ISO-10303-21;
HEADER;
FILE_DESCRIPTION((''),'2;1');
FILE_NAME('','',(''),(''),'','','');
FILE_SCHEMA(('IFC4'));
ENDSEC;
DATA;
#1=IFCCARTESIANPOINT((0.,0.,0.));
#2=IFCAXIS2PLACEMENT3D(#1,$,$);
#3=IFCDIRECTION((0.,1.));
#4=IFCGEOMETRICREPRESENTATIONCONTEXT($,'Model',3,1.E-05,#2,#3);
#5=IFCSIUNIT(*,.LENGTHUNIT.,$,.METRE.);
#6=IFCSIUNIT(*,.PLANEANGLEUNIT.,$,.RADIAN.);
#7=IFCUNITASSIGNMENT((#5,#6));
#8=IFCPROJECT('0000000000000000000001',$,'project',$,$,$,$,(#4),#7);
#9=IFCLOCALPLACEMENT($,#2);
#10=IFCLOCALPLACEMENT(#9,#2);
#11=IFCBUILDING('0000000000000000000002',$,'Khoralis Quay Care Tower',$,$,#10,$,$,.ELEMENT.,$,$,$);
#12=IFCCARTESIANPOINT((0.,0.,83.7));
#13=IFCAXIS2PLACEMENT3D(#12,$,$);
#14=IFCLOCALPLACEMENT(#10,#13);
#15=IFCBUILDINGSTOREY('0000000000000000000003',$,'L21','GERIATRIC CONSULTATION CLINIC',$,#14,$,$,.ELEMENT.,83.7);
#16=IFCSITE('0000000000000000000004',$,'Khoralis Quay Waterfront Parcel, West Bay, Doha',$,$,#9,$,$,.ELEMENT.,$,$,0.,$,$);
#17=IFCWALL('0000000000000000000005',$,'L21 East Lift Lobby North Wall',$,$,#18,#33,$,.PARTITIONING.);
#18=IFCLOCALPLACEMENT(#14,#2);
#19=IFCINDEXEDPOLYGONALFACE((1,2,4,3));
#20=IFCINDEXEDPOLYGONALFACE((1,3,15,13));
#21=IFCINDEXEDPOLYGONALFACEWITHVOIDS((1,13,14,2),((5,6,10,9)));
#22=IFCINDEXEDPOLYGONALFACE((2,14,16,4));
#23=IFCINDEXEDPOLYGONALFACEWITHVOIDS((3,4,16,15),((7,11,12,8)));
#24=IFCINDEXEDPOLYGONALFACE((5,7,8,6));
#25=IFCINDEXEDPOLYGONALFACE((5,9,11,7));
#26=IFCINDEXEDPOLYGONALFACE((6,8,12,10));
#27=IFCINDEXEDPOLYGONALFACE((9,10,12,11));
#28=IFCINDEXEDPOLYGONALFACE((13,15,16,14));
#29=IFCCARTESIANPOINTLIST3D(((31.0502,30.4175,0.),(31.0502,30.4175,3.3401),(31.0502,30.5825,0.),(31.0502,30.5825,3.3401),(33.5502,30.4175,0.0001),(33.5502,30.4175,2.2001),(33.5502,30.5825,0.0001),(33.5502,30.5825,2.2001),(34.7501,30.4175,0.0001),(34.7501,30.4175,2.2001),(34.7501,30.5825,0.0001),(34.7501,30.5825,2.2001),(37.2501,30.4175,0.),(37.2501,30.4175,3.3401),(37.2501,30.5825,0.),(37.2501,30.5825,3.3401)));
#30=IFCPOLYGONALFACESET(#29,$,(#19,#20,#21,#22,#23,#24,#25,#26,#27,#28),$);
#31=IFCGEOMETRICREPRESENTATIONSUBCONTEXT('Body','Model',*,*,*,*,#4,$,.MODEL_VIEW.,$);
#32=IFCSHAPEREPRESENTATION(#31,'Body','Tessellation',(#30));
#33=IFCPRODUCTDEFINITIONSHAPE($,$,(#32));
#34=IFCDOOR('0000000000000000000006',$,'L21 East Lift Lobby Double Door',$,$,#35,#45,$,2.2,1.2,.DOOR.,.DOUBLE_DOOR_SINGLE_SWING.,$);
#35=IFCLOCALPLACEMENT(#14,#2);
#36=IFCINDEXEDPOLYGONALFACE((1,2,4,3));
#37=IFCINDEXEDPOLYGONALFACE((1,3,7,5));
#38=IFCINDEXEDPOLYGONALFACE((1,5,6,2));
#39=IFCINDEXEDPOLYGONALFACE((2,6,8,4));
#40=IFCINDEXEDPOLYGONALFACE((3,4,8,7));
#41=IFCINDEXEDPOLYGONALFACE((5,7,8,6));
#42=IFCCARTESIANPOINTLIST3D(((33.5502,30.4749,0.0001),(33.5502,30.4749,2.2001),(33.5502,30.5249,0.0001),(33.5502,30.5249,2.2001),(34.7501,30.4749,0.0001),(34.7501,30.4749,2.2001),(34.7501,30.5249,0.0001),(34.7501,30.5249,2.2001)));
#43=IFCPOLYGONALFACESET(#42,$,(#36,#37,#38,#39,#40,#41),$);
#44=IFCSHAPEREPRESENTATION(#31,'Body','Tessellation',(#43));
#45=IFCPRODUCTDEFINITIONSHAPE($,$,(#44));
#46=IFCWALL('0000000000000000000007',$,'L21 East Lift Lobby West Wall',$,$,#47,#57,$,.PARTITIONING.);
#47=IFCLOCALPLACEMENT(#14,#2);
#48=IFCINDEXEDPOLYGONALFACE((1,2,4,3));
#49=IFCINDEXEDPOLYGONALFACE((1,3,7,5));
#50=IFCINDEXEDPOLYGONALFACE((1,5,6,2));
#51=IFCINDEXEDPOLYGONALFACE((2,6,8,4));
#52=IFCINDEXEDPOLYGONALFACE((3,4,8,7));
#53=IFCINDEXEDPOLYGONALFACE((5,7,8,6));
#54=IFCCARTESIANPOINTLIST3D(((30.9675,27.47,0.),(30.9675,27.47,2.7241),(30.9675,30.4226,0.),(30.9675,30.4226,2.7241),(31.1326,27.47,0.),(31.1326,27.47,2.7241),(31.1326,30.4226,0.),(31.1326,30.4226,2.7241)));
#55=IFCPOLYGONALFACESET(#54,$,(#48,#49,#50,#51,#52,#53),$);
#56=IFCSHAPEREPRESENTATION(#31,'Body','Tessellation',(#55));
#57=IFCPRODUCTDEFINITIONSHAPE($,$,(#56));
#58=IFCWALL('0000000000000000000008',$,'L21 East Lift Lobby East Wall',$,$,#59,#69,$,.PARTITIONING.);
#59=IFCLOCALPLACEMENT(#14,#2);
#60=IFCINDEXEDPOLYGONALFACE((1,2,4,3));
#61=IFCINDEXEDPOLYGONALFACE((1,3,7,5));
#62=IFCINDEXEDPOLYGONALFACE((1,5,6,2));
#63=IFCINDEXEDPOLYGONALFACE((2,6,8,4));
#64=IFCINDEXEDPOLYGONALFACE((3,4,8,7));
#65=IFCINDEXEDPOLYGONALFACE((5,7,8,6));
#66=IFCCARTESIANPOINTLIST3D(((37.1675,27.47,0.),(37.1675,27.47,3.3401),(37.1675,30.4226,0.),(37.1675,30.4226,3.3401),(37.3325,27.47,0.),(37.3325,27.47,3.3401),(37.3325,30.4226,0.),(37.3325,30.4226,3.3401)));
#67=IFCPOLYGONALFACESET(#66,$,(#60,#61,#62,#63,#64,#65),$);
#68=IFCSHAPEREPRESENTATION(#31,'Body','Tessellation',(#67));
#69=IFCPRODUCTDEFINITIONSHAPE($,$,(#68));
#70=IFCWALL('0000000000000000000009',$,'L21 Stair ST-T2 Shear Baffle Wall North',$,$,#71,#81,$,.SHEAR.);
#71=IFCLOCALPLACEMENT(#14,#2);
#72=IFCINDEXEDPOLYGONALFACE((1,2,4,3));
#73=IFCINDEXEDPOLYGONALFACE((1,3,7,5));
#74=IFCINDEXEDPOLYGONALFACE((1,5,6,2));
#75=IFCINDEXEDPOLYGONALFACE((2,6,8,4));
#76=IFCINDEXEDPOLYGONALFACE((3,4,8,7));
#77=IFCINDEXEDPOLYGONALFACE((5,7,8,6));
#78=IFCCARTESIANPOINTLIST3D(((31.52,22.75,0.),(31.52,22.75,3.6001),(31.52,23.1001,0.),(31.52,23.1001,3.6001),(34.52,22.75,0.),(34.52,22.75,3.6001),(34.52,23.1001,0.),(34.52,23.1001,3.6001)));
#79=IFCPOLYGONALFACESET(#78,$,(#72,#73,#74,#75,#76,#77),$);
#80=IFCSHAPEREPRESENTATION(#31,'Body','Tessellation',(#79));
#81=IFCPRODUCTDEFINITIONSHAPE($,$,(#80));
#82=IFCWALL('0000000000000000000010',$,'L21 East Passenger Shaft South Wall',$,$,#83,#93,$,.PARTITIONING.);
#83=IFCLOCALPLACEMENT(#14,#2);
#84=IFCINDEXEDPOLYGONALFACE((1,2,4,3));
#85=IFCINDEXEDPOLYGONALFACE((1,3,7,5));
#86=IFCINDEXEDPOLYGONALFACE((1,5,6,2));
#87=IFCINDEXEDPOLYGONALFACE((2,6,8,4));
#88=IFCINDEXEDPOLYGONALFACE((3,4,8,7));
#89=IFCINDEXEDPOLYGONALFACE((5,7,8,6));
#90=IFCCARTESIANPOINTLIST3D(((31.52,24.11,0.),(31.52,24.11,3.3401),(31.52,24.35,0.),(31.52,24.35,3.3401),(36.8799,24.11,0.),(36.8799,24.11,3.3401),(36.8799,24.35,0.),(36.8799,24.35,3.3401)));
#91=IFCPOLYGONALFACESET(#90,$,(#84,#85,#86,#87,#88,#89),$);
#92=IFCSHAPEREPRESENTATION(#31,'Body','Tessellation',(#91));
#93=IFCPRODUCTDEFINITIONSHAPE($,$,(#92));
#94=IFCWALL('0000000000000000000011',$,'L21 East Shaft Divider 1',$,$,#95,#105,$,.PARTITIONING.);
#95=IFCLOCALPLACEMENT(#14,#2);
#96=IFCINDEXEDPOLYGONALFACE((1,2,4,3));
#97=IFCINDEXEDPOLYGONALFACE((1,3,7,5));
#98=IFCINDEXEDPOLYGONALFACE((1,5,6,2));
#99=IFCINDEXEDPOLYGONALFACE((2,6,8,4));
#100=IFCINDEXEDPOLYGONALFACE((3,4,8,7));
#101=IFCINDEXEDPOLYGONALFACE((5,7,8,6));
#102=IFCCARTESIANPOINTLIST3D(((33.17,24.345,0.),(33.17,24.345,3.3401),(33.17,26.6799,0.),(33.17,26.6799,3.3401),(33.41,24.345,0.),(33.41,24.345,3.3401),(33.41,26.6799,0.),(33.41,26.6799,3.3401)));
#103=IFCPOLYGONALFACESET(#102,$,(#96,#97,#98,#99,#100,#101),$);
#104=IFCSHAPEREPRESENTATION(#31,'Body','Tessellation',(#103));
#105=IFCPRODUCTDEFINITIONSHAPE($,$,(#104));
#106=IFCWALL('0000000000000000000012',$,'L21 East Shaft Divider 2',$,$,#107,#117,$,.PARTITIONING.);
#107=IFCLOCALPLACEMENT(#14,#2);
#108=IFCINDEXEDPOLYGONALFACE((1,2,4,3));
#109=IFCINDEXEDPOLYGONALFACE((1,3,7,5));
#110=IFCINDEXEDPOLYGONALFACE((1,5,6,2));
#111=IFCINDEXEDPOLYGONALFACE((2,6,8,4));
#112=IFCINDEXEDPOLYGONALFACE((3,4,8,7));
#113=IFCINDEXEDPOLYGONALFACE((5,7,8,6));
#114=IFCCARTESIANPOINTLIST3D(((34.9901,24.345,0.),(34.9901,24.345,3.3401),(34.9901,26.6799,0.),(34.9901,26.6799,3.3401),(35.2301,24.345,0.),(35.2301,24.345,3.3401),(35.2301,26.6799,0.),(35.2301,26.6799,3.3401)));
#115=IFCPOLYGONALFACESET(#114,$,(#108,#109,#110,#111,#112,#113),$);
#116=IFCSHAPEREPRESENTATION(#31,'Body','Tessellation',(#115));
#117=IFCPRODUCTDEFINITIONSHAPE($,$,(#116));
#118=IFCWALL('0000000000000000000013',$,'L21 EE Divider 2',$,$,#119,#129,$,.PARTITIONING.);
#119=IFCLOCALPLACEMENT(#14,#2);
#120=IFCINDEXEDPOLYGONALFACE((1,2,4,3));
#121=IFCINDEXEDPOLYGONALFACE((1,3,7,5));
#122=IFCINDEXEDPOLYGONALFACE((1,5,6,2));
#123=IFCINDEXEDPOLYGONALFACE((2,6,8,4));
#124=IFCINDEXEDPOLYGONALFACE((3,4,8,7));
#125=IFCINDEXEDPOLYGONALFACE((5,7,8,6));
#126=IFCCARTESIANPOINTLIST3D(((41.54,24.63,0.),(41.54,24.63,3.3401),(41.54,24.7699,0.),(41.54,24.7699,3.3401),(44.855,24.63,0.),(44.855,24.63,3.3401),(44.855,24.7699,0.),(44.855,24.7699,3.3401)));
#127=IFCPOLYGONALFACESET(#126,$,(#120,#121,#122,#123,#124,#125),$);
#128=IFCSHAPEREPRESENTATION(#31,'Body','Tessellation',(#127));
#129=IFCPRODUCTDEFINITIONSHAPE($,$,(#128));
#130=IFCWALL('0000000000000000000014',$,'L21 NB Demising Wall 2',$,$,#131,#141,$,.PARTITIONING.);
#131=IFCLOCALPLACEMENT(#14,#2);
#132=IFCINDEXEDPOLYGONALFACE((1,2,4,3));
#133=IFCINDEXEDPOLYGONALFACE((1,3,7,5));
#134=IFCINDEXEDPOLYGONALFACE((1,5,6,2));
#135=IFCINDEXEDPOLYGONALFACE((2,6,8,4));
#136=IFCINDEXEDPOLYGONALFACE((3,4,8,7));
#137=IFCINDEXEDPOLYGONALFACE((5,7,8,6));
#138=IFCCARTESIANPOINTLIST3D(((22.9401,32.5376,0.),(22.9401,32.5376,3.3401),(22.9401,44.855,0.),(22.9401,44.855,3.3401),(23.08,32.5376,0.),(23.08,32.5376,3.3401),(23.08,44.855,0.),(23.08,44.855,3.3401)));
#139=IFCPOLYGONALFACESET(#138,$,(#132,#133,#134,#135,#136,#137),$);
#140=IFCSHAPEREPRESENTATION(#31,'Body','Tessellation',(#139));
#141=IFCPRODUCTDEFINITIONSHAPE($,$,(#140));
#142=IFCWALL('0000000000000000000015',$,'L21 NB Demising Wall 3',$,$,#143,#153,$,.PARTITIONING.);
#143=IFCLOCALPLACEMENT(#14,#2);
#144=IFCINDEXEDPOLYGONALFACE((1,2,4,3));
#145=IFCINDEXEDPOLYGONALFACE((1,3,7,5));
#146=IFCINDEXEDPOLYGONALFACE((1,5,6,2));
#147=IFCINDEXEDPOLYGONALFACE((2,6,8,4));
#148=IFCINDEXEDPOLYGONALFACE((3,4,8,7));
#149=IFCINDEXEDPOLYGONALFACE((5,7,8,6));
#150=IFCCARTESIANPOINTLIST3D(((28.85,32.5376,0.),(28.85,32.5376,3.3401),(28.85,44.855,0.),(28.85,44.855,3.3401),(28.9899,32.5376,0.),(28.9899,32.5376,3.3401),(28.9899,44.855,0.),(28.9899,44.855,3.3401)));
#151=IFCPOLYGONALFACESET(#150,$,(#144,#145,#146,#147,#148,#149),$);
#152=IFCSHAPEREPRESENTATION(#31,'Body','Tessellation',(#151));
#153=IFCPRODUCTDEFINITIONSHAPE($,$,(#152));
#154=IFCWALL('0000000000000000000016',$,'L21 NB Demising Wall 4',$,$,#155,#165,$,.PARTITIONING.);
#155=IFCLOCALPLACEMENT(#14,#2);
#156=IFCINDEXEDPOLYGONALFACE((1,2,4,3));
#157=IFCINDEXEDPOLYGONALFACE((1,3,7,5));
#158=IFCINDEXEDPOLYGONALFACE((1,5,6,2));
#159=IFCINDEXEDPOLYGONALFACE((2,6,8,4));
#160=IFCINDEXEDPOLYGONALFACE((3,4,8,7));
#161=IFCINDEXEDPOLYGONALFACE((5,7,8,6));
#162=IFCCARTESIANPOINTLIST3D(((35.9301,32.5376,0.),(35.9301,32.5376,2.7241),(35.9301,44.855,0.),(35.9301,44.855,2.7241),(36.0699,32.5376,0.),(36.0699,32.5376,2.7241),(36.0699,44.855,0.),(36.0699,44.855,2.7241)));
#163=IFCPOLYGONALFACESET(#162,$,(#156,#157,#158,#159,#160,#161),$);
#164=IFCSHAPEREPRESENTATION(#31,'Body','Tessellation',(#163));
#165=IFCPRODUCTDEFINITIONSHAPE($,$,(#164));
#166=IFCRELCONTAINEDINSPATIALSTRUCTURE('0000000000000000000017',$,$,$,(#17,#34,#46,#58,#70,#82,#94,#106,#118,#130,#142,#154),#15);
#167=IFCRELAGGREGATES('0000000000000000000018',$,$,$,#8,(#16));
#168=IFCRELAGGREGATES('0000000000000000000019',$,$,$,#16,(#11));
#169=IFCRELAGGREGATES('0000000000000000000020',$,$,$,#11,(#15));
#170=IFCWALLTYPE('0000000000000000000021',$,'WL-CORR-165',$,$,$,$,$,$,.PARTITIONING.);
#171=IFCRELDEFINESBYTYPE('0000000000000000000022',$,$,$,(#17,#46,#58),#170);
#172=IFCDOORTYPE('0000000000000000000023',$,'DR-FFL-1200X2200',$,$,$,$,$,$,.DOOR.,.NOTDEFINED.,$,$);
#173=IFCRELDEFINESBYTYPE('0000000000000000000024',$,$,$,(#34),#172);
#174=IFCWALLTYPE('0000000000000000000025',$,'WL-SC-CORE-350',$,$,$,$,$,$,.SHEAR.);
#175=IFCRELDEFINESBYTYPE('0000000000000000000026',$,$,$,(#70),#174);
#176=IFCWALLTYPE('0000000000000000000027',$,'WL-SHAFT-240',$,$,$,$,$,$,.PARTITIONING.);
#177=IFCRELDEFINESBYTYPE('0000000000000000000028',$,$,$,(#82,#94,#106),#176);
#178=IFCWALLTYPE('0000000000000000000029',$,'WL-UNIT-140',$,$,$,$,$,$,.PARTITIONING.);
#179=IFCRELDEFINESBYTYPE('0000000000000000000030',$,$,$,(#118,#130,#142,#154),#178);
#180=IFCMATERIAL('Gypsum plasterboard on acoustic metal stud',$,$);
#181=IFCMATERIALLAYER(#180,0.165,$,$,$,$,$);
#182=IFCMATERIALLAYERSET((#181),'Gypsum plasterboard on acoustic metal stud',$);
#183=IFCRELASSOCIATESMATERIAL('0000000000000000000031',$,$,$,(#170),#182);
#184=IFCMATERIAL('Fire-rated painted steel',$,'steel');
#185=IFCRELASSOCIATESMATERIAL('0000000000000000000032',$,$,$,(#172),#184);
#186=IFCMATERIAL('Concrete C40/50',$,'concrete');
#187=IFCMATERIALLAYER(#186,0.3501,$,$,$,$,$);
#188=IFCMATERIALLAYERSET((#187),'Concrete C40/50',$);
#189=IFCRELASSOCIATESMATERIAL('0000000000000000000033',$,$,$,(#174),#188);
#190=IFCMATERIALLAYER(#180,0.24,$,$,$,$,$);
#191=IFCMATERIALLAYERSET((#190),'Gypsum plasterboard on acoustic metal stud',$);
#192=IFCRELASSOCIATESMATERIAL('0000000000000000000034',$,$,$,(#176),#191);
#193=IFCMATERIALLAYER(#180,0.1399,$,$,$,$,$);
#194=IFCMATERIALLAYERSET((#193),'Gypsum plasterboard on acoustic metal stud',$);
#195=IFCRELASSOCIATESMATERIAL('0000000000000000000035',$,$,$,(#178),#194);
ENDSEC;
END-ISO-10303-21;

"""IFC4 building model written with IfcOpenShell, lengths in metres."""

from ifc_helpers import new_model, si_unit, direction, frame, frame_2d, origin, place, context, subcontext, project, spatial, rectangle, extrude, source, transform, mapped, material, layer, layer_set, type_object, element, fill, save


model = new_model("IFC4")

# Units and contexts
model_context = context("Model", 3, precision=1e-05, world=origin(), true_north=direction((0.0, 1.0)))
body_context = subcontext(model_context, "Body", "Model", "MODEL_VIEW")
ifc_project = project(units=[si_unit("LENGTHUNIT", "METRE"), si_unit("PLANEANGLEUNIT", "RADIAN")], contexts=[model_context])

# Site, building, storey
site_placement = place(None, origin())
site = spatial("IfcSite", under=ifc_project, at=site_placement, Name="Khoralis Quay Waterfront Parcel, West Bay, Doha", CompositionType="ELEMENT", RefElevation=0.0)
building_placement = place(site_placement, origin())
building = spatial("IfcBuilding", under=site, at=building_placement, Name="Khoralis Quay Care Tower", CompositionType="ELEMENT")
storey_placement = place(building_placement, frame((0.0, 0.0, 83.7)))
storey = spatial("IfcBuildingStorey", under=building, at=storey_placement, Name="L21", Description="GERIATRIC CONSULTATION CLINIC", CompositionType="ELEMENT", Elevation=83.7)

# Wall, opening, door
ifc_material_1 = material(Name="Gypsum plasterboard on acoustic metal stud")
ifc_layer_1 = layer(ifc_material_1, 0.165)
ifc_layer_set_1 = layer_set([ifc_layer_1], Name="Gypsum plasterboard on acoustic metal stud")
wall_type_1 = type_object("IfcWallType", Name="WL-CORR-165", PredefinedType="PARTITIONING", material=ifc_layer_set_1)
wall_1_placement = place(storey_placement, frame((31.05, 30.5, 0.0), z_axis=(0.0, 0.0, 1.0), x_axis=(1.0, 0.0, 0.0)))
wall_1 = element("IfcWall", 1, at=wall_1_placement, inside=storey, type_object=wall_type_1, Name="L21 East Lift Lobby North Wall", PredefinedType="PARTITIONING", context=body_context, shape_type="SweptSolid", body=[
    extrude(rectangle(XDim=6.2, YDim=0.165, at=frame_2d((3.1001, 0.0))), origin(), (0.0, 0.0, 1.0), 3.3401),
])
opening_1_placement = place(wall_1_placement, frame((2.5, 0.0, 0.0)))
opening_1 = element("IfcOpeningElement", 2, at=opening_1_placement, cuts=wall_1, PredefinedType="OPENING", context=body_context, shape_type="SweptSolid", body=[
    extrude(rectangle(XDim=1.2, YDim=2.2, at=frame_2d((0.6001, 1.1001))), frame((0.0, 0.0925, 0.0), z_axis=(0.0, -1.0, 0.0), x_axis=(1.0, 0.0, 0.0)), (0.0, 0.0, 1.0), 0.1851),
])
ifc_material_2 = material(Name="Fire-rated painted steel", Category="steel")
door_type_1 = type_object("IfcDoorType", Name="DR-FFL-1200X2200", OperationType="NOTDEFINED", PredefinedType="DOOR", material=ifc_material_2)
shared_shape_1 = source(origin(), body_context, "Body", "SweptSolid", [
    extrude(rectangle(XDim=1.2, YDim=2.2, at=frame_2d((0.6001, 1.1001))), frame((0.0, 0.0249, 0.0), z_axis=(0.0, -1.0, 0.0), x_axis=(1.0, 0.0, 0.0)), (0.0, 0.0, 1.0), 0.05),
])
door_1_placement = place(opening_1_placement, origin())
door_1 = element("IfcDoor", 3, at=door_1_placement, inside=storey, type_object=door_type_1, Name="L21 East Lift Lobby Double Door", OperationType="DOUBLE_DOOR_SINGLE_SWING", OverallHeight=2.2, OverallWidth=1.2, PredefinedType="DOOR", context=body_context, shape_type="MappedRepresentation", body=[
    mapped(shared_shape_1, transform((0.0, 0.0, 0.0), scale=1.0)),
])
fill(opening_1, door_1)

# Walls
wall_2_placement = place(storey_placement, frame((31.05, 27.47, 0.0), z_axis=(0.0, 0.0, 1.0), x_axis=(0.0, 1.0, 0.0)))
element("IfcWall", 4, at=wall_2_placement, inside=storey, type_object=wall_type_1, Name="L21 East Lift Lobby West Wall", PredefinedType="PARTITIONING", context=body_context, shape_type="SweptSolid", body=[
    extrude(rectangle(XDim=2.9526, YDim=0.165, at=frame_2d((1.4763, 0.0))), origin(), (0.0, 0.0, 1.0), 2.7241),
])
wall_3_placement = place(storey_placement, frame((37.25, 27.47, 0.0), z_axis=(0.0, 0.0, 1.0), x_axis=(0.0, 1.0, 0.0)))
element("IfcWall", 5, at=wall_3_placement, inside=storey, type_object=wall_type_1, Name="L21 East Lift Lobby East Wall", PredefinedType="PARTITIONING", context=body_context, shape_type="SweptSolid", body=[
    extrude(rectangle(XDim=2.9526, YDim=0.165, at=frame_2d((1.4763, 0.0))), origin(), (0.0, 0.0, 1.0), 3.3401),
])
ifc_material_3 = material(Name="Concrete C40/50", Category="concrete")
ifc_layer_2 = layer(ifc_material_3, 0.3501)
ifc_layer_set_2 = layer_set([ifc_layer_2], Name="Concrete C40/50")
wall_type_2 = type_object("IfcWallType", Name="WL-SC-CORE-350", PredefinedType="SHEAR", material=ifc_layer_set_2)
wall_4_placement = place(storey_placement, frame((31.52, 22.925, 0.0), z_axis=(0.0, 0.0, 1.0), x_axis=(1.0, 0.0, 0.0)))
element("IfcWall", 6, at=wall_4_placement, inside=storey, type_object=wall_type_2, Name="L21 Stair ST-T2 Shear Baffle Wall North", PredefinedType="SHEAR", context=body_context, shape_type="SweptSolid", body=[
    extrude(rectangle(XDim=3.0, YDim=0.3501, at=frame_2d((1.5, 0.0))), origin(), (0.0, 0.0, 1.0), 3.6001),
])
ifc_layer_3 = layer(ifc_material_1, 0.24)
ifc_layer_set_3 = layer_set([ifc_layer_3], Name="Gypsum plasterboard on acoustic metal stud")
wall_type_3 = type_object("IfcWallType", Name="WL-SHAFT-240", PredefinedType="PARTITIONING", material=ifc_layer_set_3)
wall_5_placement = place(storey_placement, frame((31.52, 24.23, 0.0), z_axis=(0.0, 0.0, 1.0), x_axis=(1.0, 0.0, 0.0)))
element("IfcWall", 7, at=wall_5_placement, inside=storey, type_object=wall_type_3, Name="L21 East Passenger Shaft South Wall", PredefinedType="PARTITIONING", context=body_context, shape_type="SweptSolid", body=[
    extrude(rectangle(XDim=5.3599, YDim=0.24, at=frame_2d((2.6799, 0.0))), origin(), (0.0, 0.0, 1.0), 3.3401),
])
for number, where, z_axis, x_axis, name in (
    (8, (33.29, 24.345, 0.0), (0.0, 0.0, 1.0), (0.0, 1.0, 0.0), "L21 East Shaft Divider 1"),
    (9, (35.1101, 24.345, 0.0), (0.0, 0.0, 1.0), (0.0, 1.0, 0.0), "L21 East Shaft Divider 2"),
):
    element("IfcWall", number, at=place(storey_placement, frame(where, z_axis=z_axis, x_axis=x_axis)), inside=storey, type_object=wall_type_3, Name=name, PredefinedType="PARTITIONING", context=body_context, shape_type="SweptSolid", body=[
        extrude(rectangle(XDim=2.335, YDim=0.24, at=frame_2d((1.1675, 0.0))), origin(), (0.0, 0.0, 1.0), 3.3401),
    ])
ifc_layer_4 = layer(ifc_material_1, 0.1399)
ifc_layer_set_4 = layer_set([ifc_layer_4], Name="Gypsum plasterboard on acoustic metal stud")
wall_type_4 = type_object("IfcWallType", Name="WL-UNIT-140", PredefinedType="PARTITIONING", material=ifc_layer_set_4)
wall_6_placement = place(storey_placement, frame((41.54, 24.7, 0.0), z_axis=(0.0, 0.0, 1.0), x_axis=(1.0, 0.0, 0.0)))
element("IfcWall", 10, at=wall_6_placement, inside=storey, type_object=wall_type_4, Name="L21 EE Divider 2", PredefinedType="PARTITIONING", context=body_context, shape_type="SweptSolid", body=[
    extrude(rectangle(XDim=3.3149, YDim=0.1399, at=frame_2d((1.6575, 0.0))), origin(), (0.0, 0.0, 1.0), 3.3401),
])
for number, where, z_axis, x_axis, name in (
    (11, (23.01, 32.5376, 0.0), (0.0, 0.0, 1.0), (0.0, 1.0, 0.0), "L21 NB Demising Wall 2"),
    (12, (28.9199, 32.5376, 0.0), (0.0, 0.0, 1.0), (0.0, 1.0, 0.0), "L21 NB Demising Wall 3"),
):
    element("IfcWall", number, at=place(storey_placement, frame(where, z_axis=z_axis, x_axis=x_axis)), inside=storey, type_object=wall_type_4, Name=name, PredefinedType="PARTITIONING", context=body_context, shape_type="SweptSolid", body=[
        extrude(rectangle(XDim=12.3174, YDim=0.1399, at=frame_2d((6.1587, 0.0))), origin(), (0.0, 0.0, 1.0), 3.3401),
    ])
wall_7_placement = place(storey_placement, frame((36.0, 32.5376, 0.0), z_axis=(0.0, 0.0, 1.0), x_axis=(0.0, 1.0, 0.0)))
element("IfcWall", 13, at=wall_7_placement, inside=storey, type_object=wall_type_4, Name="L21 NB Demising Wall 4", PredefinedType="PARTITIONING", context=body_context, shape_type="SweptSolid", body=[
    extrude(rectangle(XDim=12.3174, YDim=0.1399, at=frame_2d((6.1587, 0.0))), origin(), (0.0, 0.0, 1.0), 2.7241),
])

save(model, "model.ifc")
